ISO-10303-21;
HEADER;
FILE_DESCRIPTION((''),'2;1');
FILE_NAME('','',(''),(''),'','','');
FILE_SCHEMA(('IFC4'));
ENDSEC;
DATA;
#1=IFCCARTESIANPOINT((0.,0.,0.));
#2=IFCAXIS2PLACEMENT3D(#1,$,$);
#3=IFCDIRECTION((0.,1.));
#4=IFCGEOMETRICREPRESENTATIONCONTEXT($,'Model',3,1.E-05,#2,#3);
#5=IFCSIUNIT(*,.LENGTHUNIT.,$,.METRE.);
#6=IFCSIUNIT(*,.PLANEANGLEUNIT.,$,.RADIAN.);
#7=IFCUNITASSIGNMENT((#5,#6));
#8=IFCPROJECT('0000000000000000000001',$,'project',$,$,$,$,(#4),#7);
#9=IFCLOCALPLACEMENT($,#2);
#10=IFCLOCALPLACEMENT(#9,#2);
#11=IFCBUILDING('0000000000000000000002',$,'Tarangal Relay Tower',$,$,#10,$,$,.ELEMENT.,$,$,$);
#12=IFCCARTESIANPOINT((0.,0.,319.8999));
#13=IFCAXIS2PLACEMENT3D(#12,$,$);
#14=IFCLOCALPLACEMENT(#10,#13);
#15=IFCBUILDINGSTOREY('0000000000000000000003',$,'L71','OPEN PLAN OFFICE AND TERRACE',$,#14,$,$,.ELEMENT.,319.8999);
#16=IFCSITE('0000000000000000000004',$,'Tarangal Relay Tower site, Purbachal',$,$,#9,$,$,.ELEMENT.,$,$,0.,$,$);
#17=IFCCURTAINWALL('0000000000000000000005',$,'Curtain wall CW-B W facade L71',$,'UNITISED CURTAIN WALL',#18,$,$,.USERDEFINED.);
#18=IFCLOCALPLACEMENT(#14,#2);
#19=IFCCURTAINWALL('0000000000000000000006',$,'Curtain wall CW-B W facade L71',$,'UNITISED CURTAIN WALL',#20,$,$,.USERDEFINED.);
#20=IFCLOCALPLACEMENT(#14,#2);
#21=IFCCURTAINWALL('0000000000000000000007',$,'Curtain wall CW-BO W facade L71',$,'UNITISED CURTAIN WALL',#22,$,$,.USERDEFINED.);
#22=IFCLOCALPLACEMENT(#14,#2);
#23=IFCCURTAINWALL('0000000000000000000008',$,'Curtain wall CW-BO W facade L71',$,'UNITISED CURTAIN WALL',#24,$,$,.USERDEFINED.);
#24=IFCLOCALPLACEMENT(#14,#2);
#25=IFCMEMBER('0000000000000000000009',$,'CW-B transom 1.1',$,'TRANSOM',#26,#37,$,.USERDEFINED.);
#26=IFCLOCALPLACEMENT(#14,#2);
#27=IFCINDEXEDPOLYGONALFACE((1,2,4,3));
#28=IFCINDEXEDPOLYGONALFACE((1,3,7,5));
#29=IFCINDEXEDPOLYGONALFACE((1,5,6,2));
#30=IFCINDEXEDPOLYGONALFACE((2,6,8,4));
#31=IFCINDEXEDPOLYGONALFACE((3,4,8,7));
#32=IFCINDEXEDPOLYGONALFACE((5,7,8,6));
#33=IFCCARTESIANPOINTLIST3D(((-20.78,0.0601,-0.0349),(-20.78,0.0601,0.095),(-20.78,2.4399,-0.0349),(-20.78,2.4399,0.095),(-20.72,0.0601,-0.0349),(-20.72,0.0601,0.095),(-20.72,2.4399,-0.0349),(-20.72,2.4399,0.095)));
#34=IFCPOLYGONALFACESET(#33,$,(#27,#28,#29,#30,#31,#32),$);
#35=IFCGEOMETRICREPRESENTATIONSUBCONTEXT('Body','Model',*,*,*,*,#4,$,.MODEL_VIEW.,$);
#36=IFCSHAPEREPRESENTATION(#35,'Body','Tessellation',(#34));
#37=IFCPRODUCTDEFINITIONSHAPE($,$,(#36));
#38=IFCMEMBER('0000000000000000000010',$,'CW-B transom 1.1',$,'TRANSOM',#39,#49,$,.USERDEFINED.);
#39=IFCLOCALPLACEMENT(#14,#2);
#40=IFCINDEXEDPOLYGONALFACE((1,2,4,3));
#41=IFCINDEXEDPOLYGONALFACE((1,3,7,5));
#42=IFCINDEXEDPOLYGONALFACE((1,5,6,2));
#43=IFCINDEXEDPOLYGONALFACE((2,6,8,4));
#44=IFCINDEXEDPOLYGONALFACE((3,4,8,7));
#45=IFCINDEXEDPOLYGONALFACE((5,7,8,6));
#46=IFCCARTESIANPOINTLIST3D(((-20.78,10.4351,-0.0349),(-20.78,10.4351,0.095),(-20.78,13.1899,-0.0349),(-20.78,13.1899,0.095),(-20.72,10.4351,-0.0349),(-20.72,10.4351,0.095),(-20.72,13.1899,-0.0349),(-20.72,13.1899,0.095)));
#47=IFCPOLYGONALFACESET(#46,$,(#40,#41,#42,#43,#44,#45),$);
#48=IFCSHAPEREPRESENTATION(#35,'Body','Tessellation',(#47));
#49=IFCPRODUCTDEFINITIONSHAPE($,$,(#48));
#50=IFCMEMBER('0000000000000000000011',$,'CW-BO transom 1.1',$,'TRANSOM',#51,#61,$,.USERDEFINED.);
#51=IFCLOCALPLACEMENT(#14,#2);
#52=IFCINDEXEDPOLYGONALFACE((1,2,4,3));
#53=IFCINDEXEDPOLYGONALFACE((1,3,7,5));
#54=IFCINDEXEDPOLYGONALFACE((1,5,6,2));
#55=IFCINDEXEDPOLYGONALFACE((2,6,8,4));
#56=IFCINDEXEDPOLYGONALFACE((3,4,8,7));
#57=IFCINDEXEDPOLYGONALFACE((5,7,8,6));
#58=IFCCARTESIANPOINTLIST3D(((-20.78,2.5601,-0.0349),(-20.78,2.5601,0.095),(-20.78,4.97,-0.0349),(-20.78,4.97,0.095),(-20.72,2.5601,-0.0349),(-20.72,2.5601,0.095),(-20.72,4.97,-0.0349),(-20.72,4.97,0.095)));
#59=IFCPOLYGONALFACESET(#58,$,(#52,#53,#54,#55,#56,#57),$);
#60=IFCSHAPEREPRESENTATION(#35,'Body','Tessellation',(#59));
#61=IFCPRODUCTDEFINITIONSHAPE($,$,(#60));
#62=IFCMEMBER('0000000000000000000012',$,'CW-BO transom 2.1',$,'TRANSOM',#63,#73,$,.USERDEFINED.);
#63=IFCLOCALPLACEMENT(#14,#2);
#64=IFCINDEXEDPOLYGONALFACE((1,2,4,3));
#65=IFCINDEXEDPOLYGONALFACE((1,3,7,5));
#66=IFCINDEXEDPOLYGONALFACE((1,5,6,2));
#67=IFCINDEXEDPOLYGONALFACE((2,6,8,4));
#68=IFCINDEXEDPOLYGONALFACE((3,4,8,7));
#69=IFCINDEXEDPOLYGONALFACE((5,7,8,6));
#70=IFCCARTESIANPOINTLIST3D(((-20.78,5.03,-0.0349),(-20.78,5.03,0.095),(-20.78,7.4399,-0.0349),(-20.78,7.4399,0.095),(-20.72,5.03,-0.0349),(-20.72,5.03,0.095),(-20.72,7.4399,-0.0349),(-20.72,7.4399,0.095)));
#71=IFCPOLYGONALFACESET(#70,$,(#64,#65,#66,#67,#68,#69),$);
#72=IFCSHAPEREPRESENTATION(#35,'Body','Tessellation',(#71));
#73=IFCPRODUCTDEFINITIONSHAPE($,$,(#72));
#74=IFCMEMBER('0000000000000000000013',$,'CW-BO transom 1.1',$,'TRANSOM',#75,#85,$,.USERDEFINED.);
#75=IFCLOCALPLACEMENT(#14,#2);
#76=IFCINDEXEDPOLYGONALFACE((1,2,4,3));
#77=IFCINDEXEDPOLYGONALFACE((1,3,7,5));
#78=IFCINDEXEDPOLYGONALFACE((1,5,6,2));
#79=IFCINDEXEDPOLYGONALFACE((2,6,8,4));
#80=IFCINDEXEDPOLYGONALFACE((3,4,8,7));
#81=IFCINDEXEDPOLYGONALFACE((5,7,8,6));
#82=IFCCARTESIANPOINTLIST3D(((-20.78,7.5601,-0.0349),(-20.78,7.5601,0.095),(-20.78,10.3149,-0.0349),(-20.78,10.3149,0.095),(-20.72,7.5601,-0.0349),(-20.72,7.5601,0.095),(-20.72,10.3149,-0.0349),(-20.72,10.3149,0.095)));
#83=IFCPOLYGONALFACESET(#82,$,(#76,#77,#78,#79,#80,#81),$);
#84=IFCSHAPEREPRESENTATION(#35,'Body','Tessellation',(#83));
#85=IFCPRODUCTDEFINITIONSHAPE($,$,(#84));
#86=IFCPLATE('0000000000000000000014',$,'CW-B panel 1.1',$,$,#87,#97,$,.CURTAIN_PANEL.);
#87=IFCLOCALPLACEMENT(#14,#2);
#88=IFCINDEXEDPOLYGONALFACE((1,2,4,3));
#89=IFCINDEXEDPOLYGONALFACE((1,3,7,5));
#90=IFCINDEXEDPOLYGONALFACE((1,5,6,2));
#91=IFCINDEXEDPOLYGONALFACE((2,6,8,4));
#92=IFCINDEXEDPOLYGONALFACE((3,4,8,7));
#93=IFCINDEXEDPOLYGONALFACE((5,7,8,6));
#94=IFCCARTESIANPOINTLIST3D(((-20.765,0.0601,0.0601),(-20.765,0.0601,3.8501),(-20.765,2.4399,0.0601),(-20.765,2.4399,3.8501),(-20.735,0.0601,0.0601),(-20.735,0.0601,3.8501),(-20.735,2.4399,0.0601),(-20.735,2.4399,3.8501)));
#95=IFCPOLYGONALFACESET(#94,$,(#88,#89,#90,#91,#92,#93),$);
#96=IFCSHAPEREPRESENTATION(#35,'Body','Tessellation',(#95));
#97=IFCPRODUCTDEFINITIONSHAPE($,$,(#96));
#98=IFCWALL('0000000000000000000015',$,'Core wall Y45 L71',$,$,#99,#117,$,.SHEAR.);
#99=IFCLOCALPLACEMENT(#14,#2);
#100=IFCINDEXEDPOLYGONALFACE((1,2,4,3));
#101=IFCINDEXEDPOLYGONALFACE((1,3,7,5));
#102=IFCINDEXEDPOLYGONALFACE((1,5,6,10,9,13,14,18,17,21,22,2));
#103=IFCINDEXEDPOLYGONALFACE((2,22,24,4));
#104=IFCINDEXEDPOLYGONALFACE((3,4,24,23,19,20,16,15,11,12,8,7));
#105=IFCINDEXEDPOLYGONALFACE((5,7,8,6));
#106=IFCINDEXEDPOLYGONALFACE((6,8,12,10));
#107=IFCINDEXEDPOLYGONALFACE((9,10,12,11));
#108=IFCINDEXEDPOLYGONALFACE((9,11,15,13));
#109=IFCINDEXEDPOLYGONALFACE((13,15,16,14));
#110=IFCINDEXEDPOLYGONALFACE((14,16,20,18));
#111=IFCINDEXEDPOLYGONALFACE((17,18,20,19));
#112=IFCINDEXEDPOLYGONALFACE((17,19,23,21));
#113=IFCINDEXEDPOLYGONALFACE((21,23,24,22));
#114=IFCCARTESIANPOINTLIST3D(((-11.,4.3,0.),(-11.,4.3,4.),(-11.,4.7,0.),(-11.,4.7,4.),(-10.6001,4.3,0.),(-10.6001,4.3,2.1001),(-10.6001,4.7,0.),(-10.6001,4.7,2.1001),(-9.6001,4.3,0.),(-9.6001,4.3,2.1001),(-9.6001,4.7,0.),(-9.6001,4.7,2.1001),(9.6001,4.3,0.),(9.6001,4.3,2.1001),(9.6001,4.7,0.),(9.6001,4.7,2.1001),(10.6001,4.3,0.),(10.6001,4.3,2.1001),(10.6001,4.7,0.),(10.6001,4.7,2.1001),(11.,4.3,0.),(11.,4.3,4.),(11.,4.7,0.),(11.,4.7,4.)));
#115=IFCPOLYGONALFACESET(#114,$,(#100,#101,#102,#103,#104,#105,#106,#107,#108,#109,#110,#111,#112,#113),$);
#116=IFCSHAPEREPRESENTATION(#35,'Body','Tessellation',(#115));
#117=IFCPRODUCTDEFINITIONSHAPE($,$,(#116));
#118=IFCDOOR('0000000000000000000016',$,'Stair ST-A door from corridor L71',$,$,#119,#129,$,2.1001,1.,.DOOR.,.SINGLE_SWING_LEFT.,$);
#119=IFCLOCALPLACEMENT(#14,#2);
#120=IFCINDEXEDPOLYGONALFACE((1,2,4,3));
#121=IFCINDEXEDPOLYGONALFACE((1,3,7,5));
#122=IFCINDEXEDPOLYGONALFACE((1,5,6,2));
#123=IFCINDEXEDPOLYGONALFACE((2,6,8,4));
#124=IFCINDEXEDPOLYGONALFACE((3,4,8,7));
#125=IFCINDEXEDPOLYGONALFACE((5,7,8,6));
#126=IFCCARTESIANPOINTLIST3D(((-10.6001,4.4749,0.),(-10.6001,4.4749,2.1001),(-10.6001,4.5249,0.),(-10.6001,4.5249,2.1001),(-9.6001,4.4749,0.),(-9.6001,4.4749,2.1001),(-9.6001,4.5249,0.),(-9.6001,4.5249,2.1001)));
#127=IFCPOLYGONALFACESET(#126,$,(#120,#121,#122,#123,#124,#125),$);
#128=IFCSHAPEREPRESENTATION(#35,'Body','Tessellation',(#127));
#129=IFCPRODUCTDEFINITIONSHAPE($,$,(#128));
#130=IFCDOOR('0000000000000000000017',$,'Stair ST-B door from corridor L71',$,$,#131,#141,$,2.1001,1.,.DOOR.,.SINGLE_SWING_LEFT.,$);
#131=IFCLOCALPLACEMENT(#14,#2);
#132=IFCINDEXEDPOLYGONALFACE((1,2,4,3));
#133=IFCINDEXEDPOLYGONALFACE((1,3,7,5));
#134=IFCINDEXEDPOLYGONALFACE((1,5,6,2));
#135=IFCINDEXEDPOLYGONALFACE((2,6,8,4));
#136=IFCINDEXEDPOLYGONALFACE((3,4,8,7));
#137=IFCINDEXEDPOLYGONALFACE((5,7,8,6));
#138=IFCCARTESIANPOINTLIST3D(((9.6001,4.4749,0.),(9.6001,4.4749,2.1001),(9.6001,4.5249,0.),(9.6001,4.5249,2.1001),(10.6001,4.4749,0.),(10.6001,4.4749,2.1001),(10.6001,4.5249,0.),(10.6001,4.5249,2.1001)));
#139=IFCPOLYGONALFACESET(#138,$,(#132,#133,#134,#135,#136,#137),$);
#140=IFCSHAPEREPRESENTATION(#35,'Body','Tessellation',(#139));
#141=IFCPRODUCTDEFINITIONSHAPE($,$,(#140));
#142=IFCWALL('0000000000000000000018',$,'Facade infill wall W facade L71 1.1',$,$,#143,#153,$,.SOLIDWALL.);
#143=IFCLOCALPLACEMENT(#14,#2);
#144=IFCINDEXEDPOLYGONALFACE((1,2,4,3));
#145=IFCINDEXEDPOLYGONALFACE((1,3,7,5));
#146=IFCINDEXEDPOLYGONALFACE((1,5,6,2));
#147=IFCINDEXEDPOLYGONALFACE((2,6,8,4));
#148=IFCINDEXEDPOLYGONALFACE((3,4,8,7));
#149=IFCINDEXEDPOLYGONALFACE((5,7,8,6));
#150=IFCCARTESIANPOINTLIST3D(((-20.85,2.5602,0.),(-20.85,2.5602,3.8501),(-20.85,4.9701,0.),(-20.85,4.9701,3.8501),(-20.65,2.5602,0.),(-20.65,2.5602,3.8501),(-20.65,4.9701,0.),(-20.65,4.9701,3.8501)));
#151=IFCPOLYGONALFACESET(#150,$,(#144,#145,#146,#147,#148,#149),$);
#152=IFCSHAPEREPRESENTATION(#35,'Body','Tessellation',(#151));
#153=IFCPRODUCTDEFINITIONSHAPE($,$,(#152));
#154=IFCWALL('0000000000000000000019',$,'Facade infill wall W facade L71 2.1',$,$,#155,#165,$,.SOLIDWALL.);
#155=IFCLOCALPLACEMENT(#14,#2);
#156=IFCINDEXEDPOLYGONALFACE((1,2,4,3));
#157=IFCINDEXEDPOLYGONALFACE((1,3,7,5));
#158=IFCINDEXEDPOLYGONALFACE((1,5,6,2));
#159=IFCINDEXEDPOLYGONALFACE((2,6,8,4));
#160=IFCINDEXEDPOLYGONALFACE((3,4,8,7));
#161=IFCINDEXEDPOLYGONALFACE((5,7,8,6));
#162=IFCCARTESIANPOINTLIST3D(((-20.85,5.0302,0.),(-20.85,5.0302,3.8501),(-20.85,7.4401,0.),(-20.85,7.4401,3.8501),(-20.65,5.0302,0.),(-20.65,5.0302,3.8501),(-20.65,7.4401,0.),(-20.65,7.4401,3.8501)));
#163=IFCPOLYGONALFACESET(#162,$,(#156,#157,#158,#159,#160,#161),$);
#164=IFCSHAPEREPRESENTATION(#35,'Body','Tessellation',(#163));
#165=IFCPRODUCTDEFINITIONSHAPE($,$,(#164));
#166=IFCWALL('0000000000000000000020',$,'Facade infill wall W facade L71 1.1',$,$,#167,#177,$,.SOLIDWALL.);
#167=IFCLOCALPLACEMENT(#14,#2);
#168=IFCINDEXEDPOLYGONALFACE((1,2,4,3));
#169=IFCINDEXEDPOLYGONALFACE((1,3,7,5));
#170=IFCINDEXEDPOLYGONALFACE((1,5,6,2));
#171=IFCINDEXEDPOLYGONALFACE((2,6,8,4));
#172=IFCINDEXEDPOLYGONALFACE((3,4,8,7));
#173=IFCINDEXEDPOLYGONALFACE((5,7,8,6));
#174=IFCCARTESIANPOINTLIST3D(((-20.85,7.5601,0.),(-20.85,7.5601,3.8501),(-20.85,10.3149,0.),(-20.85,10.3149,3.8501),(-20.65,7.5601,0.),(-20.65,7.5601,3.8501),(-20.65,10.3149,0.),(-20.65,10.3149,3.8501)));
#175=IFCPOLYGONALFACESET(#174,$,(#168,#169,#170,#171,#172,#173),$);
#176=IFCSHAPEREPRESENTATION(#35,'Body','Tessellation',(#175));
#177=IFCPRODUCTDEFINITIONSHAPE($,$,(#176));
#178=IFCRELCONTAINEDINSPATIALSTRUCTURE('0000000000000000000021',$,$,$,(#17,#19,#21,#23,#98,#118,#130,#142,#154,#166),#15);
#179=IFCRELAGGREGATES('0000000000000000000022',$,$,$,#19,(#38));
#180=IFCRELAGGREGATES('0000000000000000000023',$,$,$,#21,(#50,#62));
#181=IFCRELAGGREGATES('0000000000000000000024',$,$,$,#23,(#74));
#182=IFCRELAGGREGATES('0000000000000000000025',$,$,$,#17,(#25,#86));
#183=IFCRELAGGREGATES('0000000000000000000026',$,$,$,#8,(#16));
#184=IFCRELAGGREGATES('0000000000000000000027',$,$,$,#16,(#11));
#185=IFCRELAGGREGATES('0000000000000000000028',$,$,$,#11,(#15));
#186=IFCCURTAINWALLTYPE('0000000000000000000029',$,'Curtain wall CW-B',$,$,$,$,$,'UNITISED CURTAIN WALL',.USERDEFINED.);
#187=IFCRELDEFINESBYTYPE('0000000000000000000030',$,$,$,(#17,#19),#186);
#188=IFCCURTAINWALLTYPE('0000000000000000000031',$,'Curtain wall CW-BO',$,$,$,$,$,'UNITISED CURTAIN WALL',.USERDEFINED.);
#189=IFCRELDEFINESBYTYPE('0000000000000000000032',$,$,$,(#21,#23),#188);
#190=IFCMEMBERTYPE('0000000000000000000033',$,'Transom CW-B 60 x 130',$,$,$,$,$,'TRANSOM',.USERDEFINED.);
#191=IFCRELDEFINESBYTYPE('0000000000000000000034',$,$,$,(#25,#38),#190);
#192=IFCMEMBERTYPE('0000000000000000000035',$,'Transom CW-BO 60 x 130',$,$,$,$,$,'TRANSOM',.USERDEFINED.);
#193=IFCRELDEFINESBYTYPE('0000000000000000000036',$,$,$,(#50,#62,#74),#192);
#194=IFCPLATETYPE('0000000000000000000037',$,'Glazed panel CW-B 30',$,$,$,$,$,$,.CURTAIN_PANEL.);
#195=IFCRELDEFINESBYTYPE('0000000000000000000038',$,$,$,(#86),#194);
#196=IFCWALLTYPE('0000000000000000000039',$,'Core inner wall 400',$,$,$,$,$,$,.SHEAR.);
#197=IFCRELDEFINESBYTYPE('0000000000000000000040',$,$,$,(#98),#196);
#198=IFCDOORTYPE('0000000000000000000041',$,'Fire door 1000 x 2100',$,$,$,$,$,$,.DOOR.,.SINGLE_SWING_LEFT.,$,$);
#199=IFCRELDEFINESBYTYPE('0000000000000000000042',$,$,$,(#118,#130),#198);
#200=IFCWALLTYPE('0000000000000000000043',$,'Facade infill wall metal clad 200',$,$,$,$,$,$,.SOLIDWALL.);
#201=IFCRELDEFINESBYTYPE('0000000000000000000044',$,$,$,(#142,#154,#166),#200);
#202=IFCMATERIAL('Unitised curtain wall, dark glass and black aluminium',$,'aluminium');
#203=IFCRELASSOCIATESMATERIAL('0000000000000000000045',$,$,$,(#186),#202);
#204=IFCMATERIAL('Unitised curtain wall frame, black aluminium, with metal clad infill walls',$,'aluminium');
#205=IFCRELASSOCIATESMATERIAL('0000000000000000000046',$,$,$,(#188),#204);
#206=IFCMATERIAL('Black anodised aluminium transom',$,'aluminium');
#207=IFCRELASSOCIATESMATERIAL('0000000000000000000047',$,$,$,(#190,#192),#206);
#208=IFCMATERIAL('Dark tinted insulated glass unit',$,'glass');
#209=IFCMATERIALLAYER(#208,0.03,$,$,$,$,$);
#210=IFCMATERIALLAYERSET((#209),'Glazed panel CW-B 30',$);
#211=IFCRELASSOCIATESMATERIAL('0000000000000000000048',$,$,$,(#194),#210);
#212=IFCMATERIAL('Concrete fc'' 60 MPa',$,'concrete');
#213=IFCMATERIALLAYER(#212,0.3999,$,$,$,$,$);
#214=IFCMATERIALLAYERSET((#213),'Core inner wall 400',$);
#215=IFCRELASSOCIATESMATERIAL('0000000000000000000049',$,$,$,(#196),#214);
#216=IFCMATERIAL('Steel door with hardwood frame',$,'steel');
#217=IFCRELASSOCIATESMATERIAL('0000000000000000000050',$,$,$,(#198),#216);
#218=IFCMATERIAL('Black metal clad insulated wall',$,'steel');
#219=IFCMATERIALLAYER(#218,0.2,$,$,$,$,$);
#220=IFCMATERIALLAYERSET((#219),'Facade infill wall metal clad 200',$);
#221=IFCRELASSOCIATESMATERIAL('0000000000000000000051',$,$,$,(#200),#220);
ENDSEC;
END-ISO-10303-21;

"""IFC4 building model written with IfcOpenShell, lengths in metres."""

from ifc_helpers import new_model, si_unit, direction, frame, frame_2d, origin, origin_2d, place, context, subcontext, project, spatial, rectangle, extrude, material, layer, layer_set, material_profile, profile_set, type_object, element, fill, aggregate, save


model = new_model("IFC4")

# Units and contexts
model_context = context("Model", 3, precision=1e-05, world=origin(), true_north=direction((0.0, 1.0)))
body_context = subcontext(model_context, "Body", "Model", "MODEL_VIEW")
ifc_project = project(units=[si_unit("LENGTHUNIT", "METRE"), si_unit("PLANEANGLEUNIT", "RADIAN")], contexts=[model_context])

# Site, building, storey
site_placement = place(None, origin())
site = spatial("IfcSite", under=ifc_project, at=site_placement, Name="Tarangal Relay Tower site, Purbachal", CompositionType="ELEMENT", RefElevation=0.0)
building_placement = place(site_placement, origin())
building = spatial("IfcBuilding", under=site, at=building_placement, Name="Tarangal Relay Tower", CompositionType="ELEMENT")
storey_placement = place(building_placement, frame((0.0, 0.0, 319.8999)))
storey = spatial("IfcBuildingStorey", under=building, at=storey_placement, Name="L71", Description="OPEN PLAN OFFICE AND TERRACE", CompositionType="ELEMENT", Elevation=319.8999)

# Curtain wall
ifc_material_1 = material(Name="Unitised curtain wall, dark glass and black aluminium", Category="aluminium")
curtain_wall_type_1 = type_object("IfcCurtainWallType", Name="Curtain wall CW-B", ElementType="UNITISED CURTAIN WALL", PredefinedType="USERDEFINED", material=ifc_material_1)
curtain_wall_1_placement = place(storey_placement, origin())
curtain_wall_1 = element("IfcCurtainWall", 1, at=curtain_wall_1_placement, inside=storey, type_object=curtain_wall_type_1, Name="Curtain wall CW-B W facade L71", ObjectType="UNITISED CURTAIN WALL", PredefinedType="USERDEFINED")

# Curtain wall
curtain_wall_2_placement = place(storey_placement, origin())
curtain_wall_2 = element("IfcCurtainWall", 2, at=curtain_wall_2_placement, inside=storey, type_object=curtain_wall_type_1, Name="Curtain wall CW-B W facade L71", ObjectType="UNITISED CURTAIN WALL", PredefinedType="USERDEFINED")

# Curtain walls
ifc_material_2 = material(Name="Unitised curtain wall frame, black aluminium, with metal clad infill walls", Category="aluminium")
curtain_wall_type_2 = type_object("IfcCurtainWallType", Name="Curtain wall CW-BO", ElementType="UNITISED CURTAIN WALL", PredefinedType="USERDEFINED", material=ifc_material_2)
curtain_wall_3_placement = place(storey_placement, origin())
curtain_wall_3 = element("IfcCurtainWall", 3, at=curtain_wall_3_placement, inside=storey, type_object=curtain_wall_type_2, Name="Curtain wall CW-BO W facade L71", ObjectType="UNITISED CURTAIN WALL", PredefinedType="USERDEFINED")
curtain_wall_4_placement = place(storey_placement, origin())
curtain_wall_4 = element("IfcCurtainWall", 4, at=curtain_wall_4_placement, inside=storey, type_object=curtain_wall_type_2, Name="Curtain wall CW-BO W facade L71", ObjectType="UNITISED CURTAIN WALL", PredefinedType="USERDEFINED")

# Members
ifc_material_3 = material(Name="Black anodised aluminium transom", Category="aluminium")
ifc_material_profile_1 = material_profile(ifc_material_3, rectangle(XDim=0.0601, YDim=0.1299, at=origin_2d()), Name="CW-BT 60X130")
ifc_profile_set_1 = profile_set([ifc_material_profile_1], Name="Black anodised aluminium transom")
member_type_1 = type_object("IfcMemberType", Name="Transom CW-B 60 x 130", ElementType="TRANSOM", PredefinedType="USERDEFINED", material=ifc_profile_set_1)
member_1_placement = place(storey_placement, frame((-20.75, 0.0601, 0.03), z_axis=(0.0, 1.0, 0.0), x_axis=(-1.0, 0.0, 0.0)))
member_1 = element("IfcMember", 5, at=member_1_placement, type_object=member_type_1, Name="CW-B transom 1.1", ObjectType="TRANSOM", PredefinedType="USERDEFINED", context=body_context, shape_type="SweptSolid", body=[
    extrude(rectangle(XDim=0.0601, YDim=0.1299, at=origin_2d()), origin(), (0.0, 0.0, 1.0), 2.3799),
])
member_2_placement = place(storey_placement, frame((-20.75, 10.4351, 0.03), z_axis=(0.0, 1.0, 0.0), x_axis=(-1.0, 0.0, 0.0)))
member_2 = element("IfcMember", 6, at=member_2_placement, type_object=member_type_1, Name="CW-B transom 1.1", ObjectType="TRANSOM", PredefinedType="USERDEFINED", context=body_context, shape_type="SweptSolid", body=[
    extrude(rectangle(XDim=0.0601, YDim=0.1299, at=origin_2d()), origin(), (0.0, 0.0, 1.0), 2.7549),
])
aggregate(curtain_wall_2, [member_2])
ifc_material_profile_2 = material_profile(ifc_material_3, rectangle(XDim=0.0601, YDim=0.1299, at=origin_2d()), Name="CW-BOT 60X130")
ifc_profile_set_2 = profile_set([ifc_material_profile_2], Name="Black anodised aluminium transom")
member_type_2 = type_object("IfcMemberType", Name="Transom CW-BO 60 x 130", ElementType="TRANSOM", PredefinedType="USERDEFINED", material=ifc_profile_set_2)
member_3_placement = place(storey_placement, frame((-20.75, 2.5601, 0.03), z_axis=(0.0, 1.0, 0.0), x_axis=(-1.0, 0.0, 0.0)))
member_3 = element("IfcMember", 7, at=member_3_placement, type_object=member_type_2, Name="CW-BO transom 1.1", ObjectType="TRANSOM", PredefinedType="USERDEFINED", context=body_context, shape_type="SweptSolid", body=[
    extrude(rectangle(XDim=0.0601, YDim=0.1299, at=origin_2d()), origin(), (0.0, 0.0, 1.0), 2.4099),
])
member_4_placement = place(storey_placement, frame((-20.75, 5.03, 0.03), z_axis=(0.0, 1.0, 0.0), x_axis=(-1.0, 0.0, 0.0)))
member_4 = element("IfcMember", 8, at=member_4_placement, type_object=member_type_2, Name="CW-BO transom 2.1", ObjectType="TRANSOM", PredefinedType="USERDEFINED", context=body_context, shape_type="SweptSolid", body=[
    extrude(rectangle(XDim=0.0601, YDim=0.1299, at=origin_2d()), origin(), (0.0, 0.0, 1.0), 2.4099),
])
aggregate(curtain_wall_3, [member_3, member_4])
member_5_placement = place(storey_placement, frame((-20.75, 7.5601, 0.03), z_axis=(0.0, 1.0, 0.0), x_axis=(-1.0, 0.0, 0.0)))
member_5 = element("IfcMember", 9, at=member_5_placement, type_object=member_type_2, Name="CW-BO transom 1.1", ObjectType="TRANSOM", PredefinedType="USERDEFINED", context=body_context, shape_type="SweptSolid", body=[
    extrude(rectangle(XDim=0.0601, YDim=0.1299, at=origin_2d()), origin(), (0.0, 0.0, 1.0), 2.7549),
])
aggregate(curtain_wall_4, [member_5])

# Plate
ifc_material_4 = material(Name="Dark tinted insulated glass unit", Category="glass")
ifc_layer_1 = layer(ifc_material_4, 0.03)
ifc_layer_set_1 = layer_set([ifc_layer_1], Name="Glazed panel CW-B 30")
plate_type = type_object("IfcPlateType", Name="Glazed panel CW-B 30", PredefinedType="CURTAIN_PANEL", material=ifc_layer_set_1)
plate_placement = place(storey_placement, frame((-20.75, 1.25, 0.0601), z_axis=(0.0, 0.0, 1.0), x_axis=(0.0, 1.0, 0.0)))
plate = element("IfcPlate", 10, at=plate_placement, type_object=plate_type, Name="CW-B panel 1.1", PredefinedType="CURTAIN_PANEL", context=body_context, shape_type="SweptSolid", body=[
    extrude(rectangle(XDim=2.3799, YDim=0.03, at=origin_2d()), origin(), (0.0, 0.0, 1.0), 3.79),
])
aggregate(curtain_wall_1, [member_1, plate])

# Wall, openings, doors
ifc_material_5 = material(Name="Concrete fc' 60 MPa", Category="concrete")
ifc_layer_2 = layer(ifc_material_5, 0.3999)
ifc_layer_set_2 = layer_set([ifc_layer_2], Name="Core inner wall 400")
wall_type_1 = type_object("IfcWallType", Name="Core inner wall 400", PredefinedType="SHEAR", material=ifc_layer_set_2)
wall_1_placement = place(storey_placement, frame((-11.0, 4.5, 0.0), z_axis=(0.0, 0.0, 1.0), x_axis=(1.0, 0.0, 0.0)))
wall_1 = element("IfcWall", 11, at=wall_1_placement, inside=storey, type_object=wall_type_1, Name="Core wall Y45 L71", PredefinedType="SHEAR", context=body_context, shape_type="SweptSolid", body=[
    extrude(rectangle(XDim=22.0, YDim=0.3999, at=frame_2d((11.0, 0.0))), origin(), (0.0, 0.0, 1.0), 4.0),
])
opening_1_placement = place(wall_1_placement, frame((0.3999, 0.0, 0.0)))
opening_1 = element("IfcOpeningElement", 12, at=opening_1_placement, cuts=wall_1, PredefinedType="OPENING", context=body_context, shape_type="SweptSolid", body=[
    extrude(rectangle(XDim=1.0, YDim=2.1001, at=frame_2d((0.5, 1.05))), frame((0.0, 0.21, 0.0), z_axis=(0.0, -1.0, 0.0), x_axis=(1.0, 0.0, 0.0)), (0.0, 0.0, 1.0), 0.4199),
])
opening_2_placement = place(wall_1_placement, frame((20.6001, 0.0, 0.0)))
opening_2 = element("IfcOpeningElement", 13, at=opening_2_placement, cuts=wall_1, PredefinedType="OPENING", context=body_context, shape_type="SweptSolid", body=[
    extrude(rectangle(XDim=1.0, YDim=2.1001, at=frame_2d((0.5, 1.05))), frame((0.0, 0.21, 0.0), z_axis=(0.0, -1.0, 0.0), x_axis=(1.0, 0.0, 0.0)), (0.0, 0.0, 1.0), 0.4199),
])
ifc_material_6 = material(Name="Steel door with hardwood frame", Category="steel")
door_type_1 = type_object("IfcDoorType", Name="Fire door 1000 x 2100", OperationType="SINGLE_SWING_LEFT", PredefinedType="DOOR", material=ifc_material_6)
door_1_placement = place(opening_1_placement, origin())
door_1 = element("IfcDoor", 14, at=door_1_placement, inside=storey, type_object=door_type_1, Name="Stair ST-A door from corridor L71", OperationType="SINGLE_SWING_LEFT", OverallHeight=2.1001, OverallWidth=1.0, PredefinedType="DOOR", context=body_context, shape_type="SweptSolid", body=[
    extrude(rectangle(XDim=1.0, YDim=2.1001, at=frame_2d((0.5, 1.05))), frame((0.0, 0.0249, 0.0), z_axis=(0.0, -1.0, 0.0), x_axis=(1.0, 0.0, 0.0)), (0.0, 0.0, 1.0), 0.05),
])
fill(opening_1, door_1)
door_2_placement = place(opening_2_placement, origin())
door_2 = element("IfcDoor", 15, at=door_2_placement, inside=storey, type_object=door_type_1, Name="Stair ST-B door from corridor L71", OperationType="SINGLE_SWING_LEFT", OverallHeight=2.1001, OverallWidth=1.0, PredefinedType="DOOR", context=body_context, shape_type="SweptSolid", body=[
    extrude(rectangle(XDim=1.0, YDim=2.1001, at=frame_2d((0.5, 1.05))), frame((0.0, 0.0249, 0.0), z_axis=(0.0, -1.0, 0.0), x_axis=(1.0, 0.0, 0.0)), (0.0, 0.0, 1.0), 0.05),
])
fill(opening_2, door_2)

# Walls
ifc_material_7 = material(Name="Black metal clad insulated wall", Category="steel")
ifc_layer_3 = layer(ifc_material_7, 0.2)
ifc_layer_set_3 = layer_set([ifc_layer_3], Name="Facade infill wall metal clad 200")
wall_type_2 = type_object("IfcWallType", Name="Facade infill wall metal clad 200", PredefinedType="SOLIDWALL", material=ifc_layer_set_3)
for number, where, z_axis, x_axis, name in (
    (16, (-20.75, 2.5601, 0.0), (0.0, 0.0, 1.0), (0.0, 1.0, 0.0), "Facade infill wall W facade L71 1.1"),
    (17, (-20.75, 5.03, 0.0), (0.0, 0.0, 1.0), (0.0, 1.0, 0.0), "Facade infill wall W facade L71 2.1"),
):
    element("IfcWall", number, at=place(storey_placement, frame(where, z_axis=z_axis, x_axis=x_axis)), inside=storey, type_object=wall_type_2, Name=name, PredefinedType="SOLIDWALL", context=body_context, shape_type="SweptSolid", body=[
        extrude(rectangle(XDim=2.4099, YDim=0.2, at=frame_2d((1.2051, 0.0))), origin(), (0.0, 0.0, 1.0), 3.8501),
    ])
wall_2_placement = place(storey_placement, frame((-20.75, 7.5601, 0.0), z_axis=(0.0, 0.0, 1.0), x_axis=(0.0, 1.0, 0.0)))
element("IfcWall", 18, at=wall_2_placement, inside=storey, type_object=wall_type_2, Name="Facade infill wall W facade L71 1.1", PredefinedType="SOLIDWALL", context=body_context, shape_type="SweptSolid", body=[
    extrude(rectangle(XDim=2.7549, YDim=0.2, at=frame_2d((1.3774, 0.0))), origin(), (0.0, 0.0, 1.0), 3.8501),
])

save(model, "model.ifc")
